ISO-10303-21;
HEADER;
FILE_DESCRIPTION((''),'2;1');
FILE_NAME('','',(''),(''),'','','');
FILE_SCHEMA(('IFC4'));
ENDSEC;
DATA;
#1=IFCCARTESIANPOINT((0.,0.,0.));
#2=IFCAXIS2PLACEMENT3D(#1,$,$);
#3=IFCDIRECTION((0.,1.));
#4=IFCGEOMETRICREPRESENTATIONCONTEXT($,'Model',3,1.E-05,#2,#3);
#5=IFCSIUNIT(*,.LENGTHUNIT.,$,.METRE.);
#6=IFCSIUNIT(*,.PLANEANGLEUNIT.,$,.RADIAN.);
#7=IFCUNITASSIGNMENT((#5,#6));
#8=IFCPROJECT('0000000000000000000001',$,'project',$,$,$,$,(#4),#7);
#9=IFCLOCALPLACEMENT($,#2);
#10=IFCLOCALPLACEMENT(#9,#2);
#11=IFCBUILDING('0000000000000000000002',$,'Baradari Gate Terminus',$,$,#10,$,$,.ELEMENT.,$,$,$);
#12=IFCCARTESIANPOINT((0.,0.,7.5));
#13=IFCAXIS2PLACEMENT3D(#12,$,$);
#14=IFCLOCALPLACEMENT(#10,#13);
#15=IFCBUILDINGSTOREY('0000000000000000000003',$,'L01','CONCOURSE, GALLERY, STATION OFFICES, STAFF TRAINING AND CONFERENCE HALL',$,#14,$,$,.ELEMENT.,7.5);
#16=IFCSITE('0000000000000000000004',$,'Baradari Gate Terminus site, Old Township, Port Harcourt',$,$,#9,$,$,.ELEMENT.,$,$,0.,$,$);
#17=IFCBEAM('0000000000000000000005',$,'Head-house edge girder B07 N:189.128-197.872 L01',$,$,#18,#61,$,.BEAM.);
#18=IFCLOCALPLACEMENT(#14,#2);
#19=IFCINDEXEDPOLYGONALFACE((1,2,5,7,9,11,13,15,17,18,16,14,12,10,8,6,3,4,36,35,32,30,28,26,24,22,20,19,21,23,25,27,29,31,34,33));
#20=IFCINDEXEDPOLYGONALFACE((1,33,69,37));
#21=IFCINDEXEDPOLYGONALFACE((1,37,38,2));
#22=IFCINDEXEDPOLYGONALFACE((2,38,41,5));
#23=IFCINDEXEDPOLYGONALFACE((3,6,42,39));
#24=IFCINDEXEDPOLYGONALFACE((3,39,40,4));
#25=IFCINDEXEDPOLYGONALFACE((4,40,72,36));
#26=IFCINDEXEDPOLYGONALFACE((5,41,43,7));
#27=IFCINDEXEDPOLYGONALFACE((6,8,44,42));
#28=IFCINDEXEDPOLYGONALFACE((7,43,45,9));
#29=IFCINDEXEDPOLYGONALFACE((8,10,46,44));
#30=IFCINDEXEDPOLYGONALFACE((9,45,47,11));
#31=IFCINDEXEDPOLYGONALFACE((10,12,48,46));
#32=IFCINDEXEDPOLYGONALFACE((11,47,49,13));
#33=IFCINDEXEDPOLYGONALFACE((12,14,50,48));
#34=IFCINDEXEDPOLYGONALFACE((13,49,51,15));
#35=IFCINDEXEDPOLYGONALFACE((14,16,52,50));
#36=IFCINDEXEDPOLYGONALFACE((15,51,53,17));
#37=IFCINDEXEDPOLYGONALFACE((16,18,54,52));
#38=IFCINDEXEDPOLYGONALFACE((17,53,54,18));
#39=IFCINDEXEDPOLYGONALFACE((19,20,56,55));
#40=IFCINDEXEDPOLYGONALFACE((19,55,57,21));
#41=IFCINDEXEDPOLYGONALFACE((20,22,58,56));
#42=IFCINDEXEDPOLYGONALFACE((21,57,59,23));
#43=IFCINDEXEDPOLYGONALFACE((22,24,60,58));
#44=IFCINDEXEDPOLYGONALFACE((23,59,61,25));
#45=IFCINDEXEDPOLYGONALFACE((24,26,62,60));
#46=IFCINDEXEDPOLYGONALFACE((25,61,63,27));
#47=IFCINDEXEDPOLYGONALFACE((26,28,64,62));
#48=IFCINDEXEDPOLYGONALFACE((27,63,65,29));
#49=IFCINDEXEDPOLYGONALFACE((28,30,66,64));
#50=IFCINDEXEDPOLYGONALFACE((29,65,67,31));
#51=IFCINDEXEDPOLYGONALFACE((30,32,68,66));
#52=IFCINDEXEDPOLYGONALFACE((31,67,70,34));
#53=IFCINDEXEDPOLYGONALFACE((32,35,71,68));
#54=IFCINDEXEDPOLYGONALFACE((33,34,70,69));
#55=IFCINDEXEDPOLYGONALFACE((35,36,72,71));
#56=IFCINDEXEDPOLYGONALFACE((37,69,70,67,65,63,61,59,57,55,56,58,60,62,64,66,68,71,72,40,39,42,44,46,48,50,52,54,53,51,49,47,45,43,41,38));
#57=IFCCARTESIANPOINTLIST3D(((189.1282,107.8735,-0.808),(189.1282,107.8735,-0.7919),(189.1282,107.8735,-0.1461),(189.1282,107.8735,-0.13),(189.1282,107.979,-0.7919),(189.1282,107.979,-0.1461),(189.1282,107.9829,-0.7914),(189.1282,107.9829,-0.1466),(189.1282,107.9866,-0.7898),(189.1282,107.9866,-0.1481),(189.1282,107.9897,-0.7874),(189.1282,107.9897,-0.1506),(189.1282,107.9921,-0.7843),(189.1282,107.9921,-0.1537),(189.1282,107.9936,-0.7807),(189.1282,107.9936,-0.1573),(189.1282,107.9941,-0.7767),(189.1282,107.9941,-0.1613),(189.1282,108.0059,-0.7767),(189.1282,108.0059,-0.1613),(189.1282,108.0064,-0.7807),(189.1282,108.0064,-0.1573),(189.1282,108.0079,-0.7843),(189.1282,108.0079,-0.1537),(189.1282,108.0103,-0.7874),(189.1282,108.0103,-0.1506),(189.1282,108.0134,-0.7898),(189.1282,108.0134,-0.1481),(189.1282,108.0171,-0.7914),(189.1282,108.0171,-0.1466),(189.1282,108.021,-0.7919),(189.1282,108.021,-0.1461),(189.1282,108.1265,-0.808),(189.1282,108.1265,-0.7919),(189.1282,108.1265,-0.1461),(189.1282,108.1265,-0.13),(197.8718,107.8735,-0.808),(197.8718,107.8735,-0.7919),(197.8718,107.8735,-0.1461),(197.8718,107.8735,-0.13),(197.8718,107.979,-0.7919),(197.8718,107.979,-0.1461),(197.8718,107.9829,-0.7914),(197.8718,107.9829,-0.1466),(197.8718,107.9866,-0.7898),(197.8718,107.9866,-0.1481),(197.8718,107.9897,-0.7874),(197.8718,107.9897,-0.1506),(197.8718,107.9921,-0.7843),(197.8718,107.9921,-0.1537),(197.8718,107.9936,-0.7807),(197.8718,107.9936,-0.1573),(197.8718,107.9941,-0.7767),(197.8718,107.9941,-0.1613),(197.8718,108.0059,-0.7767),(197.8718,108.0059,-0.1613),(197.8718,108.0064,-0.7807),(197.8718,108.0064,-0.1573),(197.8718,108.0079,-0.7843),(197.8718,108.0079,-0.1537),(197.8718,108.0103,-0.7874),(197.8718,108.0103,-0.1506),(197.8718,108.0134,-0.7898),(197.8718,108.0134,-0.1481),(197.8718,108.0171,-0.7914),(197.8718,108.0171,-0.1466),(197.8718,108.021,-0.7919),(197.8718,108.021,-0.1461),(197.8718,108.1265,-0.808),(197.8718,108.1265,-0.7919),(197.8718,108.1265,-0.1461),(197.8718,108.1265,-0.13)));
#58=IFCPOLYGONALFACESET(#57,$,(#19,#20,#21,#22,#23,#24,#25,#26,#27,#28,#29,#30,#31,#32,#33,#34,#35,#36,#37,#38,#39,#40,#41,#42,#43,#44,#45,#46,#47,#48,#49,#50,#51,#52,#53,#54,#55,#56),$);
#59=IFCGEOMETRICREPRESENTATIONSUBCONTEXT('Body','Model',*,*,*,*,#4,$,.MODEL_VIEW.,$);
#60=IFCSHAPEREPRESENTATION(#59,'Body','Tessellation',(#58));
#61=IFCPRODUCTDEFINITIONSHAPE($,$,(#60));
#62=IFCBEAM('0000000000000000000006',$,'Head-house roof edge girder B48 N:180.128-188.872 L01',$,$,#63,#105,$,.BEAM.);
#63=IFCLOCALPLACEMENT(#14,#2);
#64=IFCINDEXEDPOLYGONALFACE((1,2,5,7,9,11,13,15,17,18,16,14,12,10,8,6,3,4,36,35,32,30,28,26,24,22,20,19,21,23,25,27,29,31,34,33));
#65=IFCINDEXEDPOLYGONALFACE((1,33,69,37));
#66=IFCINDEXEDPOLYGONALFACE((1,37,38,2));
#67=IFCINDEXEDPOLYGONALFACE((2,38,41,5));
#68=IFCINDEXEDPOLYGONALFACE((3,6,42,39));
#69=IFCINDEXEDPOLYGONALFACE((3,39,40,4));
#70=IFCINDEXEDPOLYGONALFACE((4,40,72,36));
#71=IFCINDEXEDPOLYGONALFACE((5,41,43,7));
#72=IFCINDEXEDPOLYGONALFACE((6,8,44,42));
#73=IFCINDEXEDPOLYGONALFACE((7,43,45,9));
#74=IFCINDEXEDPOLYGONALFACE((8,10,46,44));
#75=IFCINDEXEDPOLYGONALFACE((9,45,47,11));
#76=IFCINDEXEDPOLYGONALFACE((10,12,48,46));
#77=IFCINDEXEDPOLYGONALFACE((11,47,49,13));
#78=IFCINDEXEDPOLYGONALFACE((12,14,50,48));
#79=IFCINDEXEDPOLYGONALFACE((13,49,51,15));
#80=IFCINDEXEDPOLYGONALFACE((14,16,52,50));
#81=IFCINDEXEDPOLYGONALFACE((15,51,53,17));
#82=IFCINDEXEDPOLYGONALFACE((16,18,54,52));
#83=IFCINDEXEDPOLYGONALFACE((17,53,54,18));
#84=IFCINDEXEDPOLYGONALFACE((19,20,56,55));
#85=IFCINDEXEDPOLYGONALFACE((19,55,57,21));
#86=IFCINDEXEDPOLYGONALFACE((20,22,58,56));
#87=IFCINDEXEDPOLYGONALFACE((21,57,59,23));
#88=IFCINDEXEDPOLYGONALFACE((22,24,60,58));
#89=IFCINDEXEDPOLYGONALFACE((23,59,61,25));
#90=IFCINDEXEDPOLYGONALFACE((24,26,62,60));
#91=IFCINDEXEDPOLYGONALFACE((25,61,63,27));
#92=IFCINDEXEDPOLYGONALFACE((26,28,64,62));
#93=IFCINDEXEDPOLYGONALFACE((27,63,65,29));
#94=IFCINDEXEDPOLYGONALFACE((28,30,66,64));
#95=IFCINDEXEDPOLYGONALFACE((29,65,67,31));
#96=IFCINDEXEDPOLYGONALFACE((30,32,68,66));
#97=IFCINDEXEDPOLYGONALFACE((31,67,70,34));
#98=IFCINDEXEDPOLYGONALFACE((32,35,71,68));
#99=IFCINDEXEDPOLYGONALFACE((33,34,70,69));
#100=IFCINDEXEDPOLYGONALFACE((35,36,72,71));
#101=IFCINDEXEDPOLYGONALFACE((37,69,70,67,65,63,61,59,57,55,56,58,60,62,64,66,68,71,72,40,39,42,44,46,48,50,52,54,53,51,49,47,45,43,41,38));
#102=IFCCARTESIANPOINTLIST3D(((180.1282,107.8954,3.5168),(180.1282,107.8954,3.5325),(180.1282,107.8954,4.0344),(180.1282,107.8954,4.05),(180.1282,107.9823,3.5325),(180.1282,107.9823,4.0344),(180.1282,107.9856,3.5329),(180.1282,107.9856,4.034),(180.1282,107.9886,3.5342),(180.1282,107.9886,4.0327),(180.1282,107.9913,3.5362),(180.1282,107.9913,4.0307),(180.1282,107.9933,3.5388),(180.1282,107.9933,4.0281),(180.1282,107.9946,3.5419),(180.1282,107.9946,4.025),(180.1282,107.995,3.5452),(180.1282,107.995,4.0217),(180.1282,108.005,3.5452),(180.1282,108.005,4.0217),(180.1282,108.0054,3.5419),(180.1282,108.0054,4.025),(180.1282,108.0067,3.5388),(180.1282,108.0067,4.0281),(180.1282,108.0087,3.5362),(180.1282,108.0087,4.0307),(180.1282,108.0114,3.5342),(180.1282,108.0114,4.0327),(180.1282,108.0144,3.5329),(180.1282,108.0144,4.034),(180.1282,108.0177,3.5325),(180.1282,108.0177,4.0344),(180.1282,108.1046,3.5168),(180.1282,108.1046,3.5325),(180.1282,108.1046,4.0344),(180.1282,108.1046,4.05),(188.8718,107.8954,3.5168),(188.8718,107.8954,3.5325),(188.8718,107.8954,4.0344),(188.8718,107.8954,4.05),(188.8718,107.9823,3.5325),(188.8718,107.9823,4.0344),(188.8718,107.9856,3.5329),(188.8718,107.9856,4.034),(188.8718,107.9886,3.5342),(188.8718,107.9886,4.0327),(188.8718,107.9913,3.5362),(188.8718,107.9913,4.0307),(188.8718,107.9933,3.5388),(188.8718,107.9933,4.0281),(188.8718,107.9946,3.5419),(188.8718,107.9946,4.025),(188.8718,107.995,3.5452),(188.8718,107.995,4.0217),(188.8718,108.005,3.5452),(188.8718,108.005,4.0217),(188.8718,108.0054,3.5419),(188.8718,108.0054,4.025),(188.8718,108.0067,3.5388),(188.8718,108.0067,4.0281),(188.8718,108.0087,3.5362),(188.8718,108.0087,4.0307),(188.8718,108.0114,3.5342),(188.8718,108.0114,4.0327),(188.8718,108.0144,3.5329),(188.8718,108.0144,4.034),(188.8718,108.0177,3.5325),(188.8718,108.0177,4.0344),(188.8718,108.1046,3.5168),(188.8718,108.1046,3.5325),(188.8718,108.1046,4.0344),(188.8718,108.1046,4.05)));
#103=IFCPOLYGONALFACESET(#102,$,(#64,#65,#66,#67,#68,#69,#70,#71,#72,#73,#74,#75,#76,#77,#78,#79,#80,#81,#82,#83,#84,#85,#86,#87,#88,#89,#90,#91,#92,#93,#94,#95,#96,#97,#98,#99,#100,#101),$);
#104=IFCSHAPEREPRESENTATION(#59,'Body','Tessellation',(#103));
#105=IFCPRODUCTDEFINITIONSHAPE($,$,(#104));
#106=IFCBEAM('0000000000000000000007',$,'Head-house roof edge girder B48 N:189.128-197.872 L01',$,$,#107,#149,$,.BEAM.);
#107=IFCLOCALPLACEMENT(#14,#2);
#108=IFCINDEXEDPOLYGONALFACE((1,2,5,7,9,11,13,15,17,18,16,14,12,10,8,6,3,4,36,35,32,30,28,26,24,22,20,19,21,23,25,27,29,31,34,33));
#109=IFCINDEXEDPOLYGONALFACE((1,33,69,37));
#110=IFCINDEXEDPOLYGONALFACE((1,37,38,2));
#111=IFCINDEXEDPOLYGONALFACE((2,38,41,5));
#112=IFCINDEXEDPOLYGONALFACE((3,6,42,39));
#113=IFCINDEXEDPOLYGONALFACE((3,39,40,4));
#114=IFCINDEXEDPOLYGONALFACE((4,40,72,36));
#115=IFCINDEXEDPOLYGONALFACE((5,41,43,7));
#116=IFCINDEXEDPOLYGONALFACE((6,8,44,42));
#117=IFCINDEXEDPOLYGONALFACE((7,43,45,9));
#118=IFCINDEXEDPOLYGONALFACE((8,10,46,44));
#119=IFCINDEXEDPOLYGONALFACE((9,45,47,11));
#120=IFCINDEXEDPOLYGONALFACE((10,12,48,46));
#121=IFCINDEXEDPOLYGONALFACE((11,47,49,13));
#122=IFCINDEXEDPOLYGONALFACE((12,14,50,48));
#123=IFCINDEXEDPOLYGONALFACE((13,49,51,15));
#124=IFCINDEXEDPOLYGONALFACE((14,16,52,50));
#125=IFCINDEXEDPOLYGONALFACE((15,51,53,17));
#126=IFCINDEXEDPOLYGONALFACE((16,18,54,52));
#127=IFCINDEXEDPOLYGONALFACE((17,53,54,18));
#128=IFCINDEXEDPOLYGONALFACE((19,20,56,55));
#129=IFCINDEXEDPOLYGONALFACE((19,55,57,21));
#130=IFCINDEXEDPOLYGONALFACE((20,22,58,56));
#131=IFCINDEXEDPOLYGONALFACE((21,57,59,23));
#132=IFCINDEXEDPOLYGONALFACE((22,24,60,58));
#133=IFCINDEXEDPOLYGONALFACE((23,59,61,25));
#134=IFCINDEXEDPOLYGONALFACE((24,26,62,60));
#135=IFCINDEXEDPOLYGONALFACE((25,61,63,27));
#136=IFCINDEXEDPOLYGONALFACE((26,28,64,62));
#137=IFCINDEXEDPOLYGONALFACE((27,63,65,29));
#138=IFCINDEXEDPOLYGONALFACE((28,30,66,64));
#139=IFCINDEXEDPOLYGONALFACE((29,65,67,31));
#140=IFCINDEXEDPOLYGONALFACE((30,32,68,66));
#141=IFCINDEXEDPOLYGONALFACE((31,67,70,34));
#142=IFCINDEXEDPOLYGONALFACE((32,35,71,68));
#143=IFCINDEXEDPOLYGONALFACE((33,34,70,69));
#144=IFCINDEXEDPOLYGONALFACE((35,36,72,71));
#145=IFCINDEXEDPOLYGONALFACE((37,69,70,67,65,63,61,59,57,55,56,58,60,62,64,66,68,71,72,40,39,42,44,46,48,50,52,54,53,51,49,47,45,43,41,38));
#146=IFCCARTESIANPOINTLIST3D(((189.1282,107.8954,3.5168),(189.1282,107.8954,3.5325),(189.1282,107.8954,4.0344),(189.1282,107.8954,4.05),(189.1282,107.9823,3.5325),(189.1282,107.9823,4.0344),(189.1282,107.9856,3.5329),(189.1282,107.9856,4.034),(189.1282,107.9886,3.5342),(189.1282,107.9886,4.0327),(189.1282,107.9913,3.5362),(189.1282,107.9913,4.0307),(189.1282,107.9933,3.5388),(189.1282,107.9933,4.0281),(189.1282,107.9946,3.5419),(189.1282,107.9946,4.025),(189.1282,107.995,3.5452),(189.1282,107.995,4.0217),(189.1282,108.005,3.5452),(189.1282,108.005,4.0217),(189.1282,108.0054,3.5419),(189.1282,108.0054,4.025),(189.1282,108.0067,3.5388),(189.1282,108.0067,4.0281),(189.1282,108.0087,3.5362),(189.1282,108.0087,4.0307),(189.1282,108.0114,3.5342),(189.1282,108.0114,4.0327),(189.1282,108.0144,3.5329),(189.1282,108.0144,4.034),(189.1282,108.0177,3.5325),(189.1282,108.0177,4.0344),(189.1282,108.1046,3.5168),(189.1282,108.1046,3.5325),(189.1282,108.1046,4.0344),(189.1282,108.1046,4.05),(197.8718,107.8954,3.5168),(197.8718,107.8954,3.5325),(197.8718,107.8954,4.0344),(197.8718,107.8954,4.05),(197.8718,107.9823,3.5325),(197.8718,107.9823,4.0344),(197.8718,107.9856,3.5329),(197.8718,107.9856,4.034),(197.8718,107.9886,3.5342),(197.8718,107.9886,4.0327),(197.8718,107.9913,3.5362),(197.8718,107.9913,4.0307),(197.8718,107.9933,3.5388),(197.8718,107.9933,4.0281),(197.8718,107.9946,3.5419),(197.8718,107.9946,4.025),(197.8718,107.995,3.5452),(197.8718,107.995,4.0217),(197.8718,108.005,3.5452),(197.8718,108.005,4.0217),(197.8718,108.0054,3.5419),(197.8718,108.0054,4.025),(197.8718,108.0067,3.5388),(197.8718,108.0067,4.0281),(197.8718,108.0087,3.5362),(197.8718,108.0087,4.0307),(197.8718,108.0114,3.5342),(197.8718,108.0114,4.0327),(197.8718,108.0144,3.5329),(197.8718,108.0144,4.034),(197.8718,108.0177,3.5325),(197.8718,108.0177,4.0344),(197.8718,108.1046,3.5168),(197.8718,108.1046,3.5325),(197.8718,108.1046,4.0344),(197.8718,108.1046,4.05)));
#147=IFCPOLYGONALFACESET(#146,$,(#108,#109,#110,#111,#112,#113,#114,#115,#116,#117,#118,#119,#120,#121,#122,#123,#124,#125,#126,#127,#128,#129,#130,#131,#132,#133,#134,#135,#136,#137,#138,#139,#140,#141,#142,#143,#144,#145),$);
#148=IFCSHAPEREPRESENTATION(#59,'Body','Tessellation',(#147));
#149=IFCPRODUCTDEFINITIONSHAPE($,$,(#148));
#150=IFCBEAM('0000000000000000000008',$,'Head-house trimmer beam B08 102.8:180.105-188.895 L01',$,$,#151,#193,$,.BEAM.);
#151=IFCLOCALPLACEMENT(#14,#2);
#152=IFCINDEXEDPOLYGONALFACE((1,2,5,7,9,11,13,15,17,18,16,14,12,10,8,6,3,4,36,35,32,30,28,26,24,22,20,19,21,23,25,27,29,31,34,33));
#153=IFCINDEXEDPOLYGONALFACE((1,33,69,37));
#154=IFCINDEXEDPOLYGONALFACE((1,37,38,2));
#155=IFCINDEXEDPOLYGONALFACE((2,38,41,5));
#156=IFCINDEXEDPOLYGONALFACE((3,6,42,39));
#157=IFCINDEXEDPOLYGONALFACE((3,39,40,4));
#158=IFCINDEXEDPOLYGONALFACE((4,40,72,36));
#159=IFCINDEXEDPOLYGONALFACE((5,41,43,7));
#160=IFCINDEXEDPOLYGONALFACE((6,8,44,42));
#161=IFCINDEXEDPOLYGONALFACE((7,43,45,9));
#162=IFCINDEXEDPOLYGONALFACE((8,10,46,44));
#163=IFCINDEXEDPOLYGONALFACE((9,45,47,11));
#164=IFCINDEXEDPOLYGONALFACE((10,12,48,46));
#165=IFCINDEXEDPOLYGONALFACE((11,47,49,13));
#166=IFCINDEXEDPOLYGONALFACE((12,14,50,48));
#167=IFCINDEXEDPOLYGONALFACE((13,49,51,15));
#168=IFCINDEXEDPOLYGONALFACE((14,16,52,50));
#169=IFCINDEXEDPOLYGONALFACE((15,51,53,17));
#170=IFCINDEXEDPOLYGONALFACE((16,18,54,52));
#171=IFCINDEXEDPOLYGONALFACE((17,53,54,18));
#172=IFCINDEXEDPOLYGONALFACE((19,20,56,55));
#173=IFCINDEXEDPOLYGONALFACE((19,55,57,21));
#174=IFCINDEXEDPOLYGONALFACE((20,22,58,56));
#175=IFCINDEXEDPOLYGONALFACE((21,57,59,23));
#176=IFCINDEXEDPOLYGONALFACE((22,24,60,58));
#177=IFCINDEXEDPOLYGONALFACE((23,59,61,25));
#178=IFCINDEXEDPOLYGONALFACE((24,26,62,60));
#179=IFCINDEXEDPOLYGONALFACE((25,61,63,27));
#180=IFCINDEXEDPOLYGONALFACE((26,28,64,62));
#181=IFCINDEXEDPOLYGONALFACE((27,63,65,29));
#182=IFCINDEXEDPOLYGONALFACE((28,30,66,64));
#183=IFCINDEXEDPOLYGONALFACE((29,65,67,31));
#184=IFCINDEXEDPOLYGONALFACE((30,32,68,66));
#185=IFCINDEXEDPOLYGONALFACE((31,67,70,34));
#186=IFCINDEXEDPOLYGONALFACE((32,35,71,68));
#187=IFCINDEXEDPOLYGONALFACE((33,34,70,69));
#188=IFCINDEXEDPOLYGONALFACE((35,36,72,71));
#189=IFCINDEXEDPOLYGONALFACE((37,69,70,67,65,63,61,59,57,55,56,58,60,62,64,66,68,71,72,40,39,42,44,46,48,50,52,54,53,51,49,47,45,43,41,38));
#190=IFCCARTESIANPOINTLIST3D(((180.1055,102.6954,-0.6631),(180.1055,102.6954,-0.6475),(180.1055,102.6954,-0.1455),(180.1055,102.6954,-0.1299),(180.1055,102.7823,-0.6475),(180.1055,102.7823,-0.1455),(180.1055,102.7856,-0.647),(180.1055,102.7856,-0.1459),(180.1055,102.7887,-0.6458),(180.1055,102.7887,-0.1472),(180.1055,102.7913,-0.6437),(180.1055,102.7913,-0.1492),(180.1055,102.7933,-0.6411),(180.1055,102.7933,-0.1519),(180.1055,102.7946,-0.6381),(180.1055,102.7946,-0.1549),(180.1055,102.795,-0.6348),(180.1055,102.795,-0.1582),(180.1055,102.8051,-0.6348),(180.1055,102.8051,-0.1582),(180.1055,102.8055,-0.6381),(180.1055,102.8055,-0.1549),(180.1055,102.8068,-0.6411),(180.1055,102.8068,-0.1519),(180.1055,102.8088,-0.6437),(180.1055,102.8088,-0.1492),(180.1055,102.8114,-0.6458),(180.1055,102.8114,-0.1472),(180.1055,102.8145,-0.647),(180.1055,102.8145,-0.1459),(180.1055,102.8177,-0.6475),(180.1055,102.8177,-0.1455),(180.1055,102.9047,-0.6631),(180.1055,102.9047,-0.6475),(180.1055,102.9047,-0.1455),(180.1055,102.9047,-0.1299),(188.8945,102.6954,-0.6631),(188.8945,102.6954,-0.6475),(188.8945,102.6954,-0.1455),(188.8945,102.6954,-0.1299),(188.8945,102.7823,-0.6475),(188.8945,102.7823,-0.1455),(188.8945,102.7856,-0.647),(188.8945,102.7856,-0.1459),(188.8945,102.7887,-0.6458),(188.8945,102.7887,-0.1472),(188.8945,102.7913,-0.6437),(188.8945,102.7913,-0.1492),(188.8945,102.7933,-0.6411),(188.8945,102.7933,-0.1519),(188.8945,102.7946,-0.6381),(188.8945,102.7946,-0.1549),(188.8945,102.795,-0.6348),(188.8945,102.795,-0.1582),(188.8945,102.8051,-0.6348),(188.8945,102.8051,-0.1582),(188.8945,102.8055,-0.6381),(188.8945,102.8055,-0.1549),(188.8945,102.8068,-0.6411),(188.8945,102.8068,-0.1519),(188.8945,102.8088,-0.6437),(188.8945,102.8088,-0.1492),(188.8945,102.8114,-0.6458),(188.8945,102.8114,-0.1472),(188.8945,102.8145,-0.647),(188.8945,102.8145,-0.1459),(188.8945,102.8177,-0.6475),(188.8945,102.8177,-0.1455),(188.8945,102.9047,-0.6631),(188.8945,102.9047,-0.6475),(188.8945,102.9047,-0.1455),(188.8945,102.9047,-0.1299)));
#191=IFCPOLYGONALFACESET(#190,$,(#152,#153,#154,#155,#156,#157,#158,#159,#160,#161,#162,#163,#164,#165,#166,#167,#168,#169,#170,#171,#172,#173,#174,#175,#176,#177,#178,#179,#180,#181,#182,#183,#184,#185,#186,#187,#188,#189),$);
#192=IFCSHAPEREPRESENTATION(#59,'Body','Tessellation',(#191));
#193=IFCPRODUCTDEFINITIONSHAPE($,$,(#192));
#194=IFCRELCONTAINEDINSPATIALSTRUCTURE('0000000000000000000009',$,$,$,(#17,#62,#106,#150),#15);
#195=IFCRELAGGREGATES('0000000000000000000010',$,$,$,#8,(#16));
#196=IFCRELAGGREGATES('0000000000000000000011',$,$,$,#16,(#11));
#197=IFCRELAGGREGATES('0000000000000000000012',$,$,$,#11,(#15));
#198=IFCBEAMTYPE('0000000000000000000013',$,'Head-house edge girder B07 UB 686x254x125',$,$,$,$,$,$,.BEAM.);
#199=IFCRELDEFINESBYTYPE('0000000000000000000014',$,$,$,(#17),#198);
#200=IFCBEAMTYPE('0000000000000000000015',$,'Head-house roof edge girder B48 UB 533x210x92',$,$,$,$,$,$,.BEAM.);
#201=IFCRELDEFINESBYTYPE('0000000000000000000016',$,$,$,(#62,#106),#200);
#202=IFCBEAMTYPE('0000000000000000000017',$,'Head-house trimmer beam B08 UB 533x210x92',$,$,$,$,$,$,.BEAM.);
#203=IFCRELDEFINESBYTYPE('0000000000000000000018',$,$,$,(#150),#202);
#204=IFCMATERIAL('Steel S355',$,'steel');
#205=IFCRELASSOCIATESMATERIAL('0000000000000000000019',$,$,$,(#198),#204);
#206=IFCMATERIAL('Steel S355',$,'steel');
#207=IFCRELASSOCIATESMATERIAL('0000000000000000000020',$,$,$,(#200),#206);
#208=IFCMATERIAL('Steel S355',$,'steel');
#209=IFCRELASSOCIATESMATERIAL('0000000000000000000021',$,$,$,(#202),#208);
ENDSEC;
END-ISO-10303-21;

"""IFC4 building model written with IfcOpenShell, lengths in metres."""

from ifc_helpers import new_model, si_unit, direction, frame, origin, origin_2d, place, context, subcontext, project, spatial, i_section, extrude, material, material_profile, profile_set, type_object, element, save


model = new_model("IFC4")

# Units and contexts
model_context = context("Model", 3, precision=1e-05, world=origin(), true_north=direction((0.0, 1.0)))
body_context = subcontext(model_context, "Body", "Model", "MODEL_VIEW")
ifc_project = project(units=[si_unit("LENGTHUNIT", "METRE"), si_unit("PLANEANGLEUNIT", "RADIAN")], contexts=[model_context])

# Site, building, storey
site_placement = place(None, origin())
site = spatial("IfcSite", under=ifc_project, at=site_placement, Name="Baradari Gate Terminus site, Old Township, Port Harcourt", CompositionType="ELEMENT", RefElevation=0.0)
building_placement = place(site_placement, origin())
building = spatial("IfcBuilding", under=site, at=building_placement, Name="Baradari Gate Terminus", CompositionType="ELEMENT")
storey_placement = place(building_placement, frame((0.0, 0.0, 7.5)))
storey = spatial("IfcBuildingStorey", under=building, at=storey_placement, Name="L01", Description="CONCOURSE, GALLERY, STATION OFFICES, STAFF TRAINING AND CONFERENCE HALL", CompositionType="ELEMENT", Elevation=7.5)

# Beams
ifc_material_1 = material(Name="Steel S355", Category="steel")
ifc_material_profile_1 = material_profile(ifc_material_1, i_section(OverallWidth=0.2529, OverallDepth=0.678, WebThickness=0.0117, FlangeThickness=0.0161, FilletRadius=0.0151, at=origin_2d()), Name="UB 686x254x125")
ifc_profile_set_1 = profile_set([ifc_material_profile_1], Name="Steel S355")
beam_type_1 = type_object("IfcBeamType", Name="Head-house edge girder B07 UB 686x254x125", PredefinedType="BEAM", material=ifc_profile_set_1)
for number, where, z_axis, x_axis, name in (
    (1, (189.1282, 108.0, -0.469), (1.0, 0.0, 0.0), (0.0, 1.0, 0.0), "Head-house edge girder B07 N:189.128-197.872 L01"),
):
    element("IfcBeam", number, at=place(storey_placement, frame(where, z_axis=z_axis, x_axis=x_axis)), inside=storey, type_object=beam_type_1, Name=name, PredefinedType="BEAM", context=body_context, shape_type="SweptSolid", body=[
        extrude(i_section(OverallWidth=0.2529, OverallDepth=0.678, WebThickness=0.0117, FlangeThickness=0.0161, FilletRadius=0.0151, at=origin_2d()), origin(), (0.0, 0.0, 1.0), 8.7437),
    ])
ifc_material_2 = material(Name="Steel S355", Category="steel")
ifc_material_profile_2 = material_profile(ifc_material_2, i_section(OverallWidth=0.2092, OverallDepth=0.5332, WebThickness=0.01, FlangeThickness=0.0156, FilletRadius=0.0127, at=origin_2d()), Name="UB 533x210x92")
ifc_profile_set_2 = profile_set([ifc_material_profile_2], Name="Steel S355")
beam_type_2 = type_object("IfcBeamType", Name="Head-house roof edge girder B48 UB 533x210x92", PredefinedType="BEAM", material=ifc_profile_set_2)
for number, where, z_axis, x_axis, name in (
    (2, (180.1282, 108.0, 3.7834), (1.0, 0.0, 0.0), (0.0, 1.0, 0.0), "Head-house roof edge girder B48 N:180.128-188.872 L01"),
    (3, (189.1282, 108.0, 3.7834), (1.0, 0.0, 0.0), (0.0, 1.0, 0.0), "Head-house roof edge girder B48 N:189.128-197.872 L01"),
):
    element("IfcBeam", number, at=place(storey_placement, frame(where, z_axis=z_axis, x_axis=x_axis)), inside=storey, type_object=beam_type_2, Name=name, PredefinedType="BEAM", context=body_context, shape_type="SweptSolid", body=[
        extrude(i_section(OverallWidth=0.2092, OverallDepth=0.5332, WebThickness=0.01, FlangeThickness=0.0156, FilletRadius=0.0127, at=origin_2d()), origin(), (0.0, 0.0, 1.0), 8.7437),
    ])
ifc_material_3 = material(Name="Steel S355", Category="steel")
ifc_material_profile_3 = material_profile(ifc_material_3, i_section(OverallWidth=0.2092, OverallDepth=0.5332, WebThickness=0.01, FlangeThickness=0.0156, FilletRadius=0.0127, at=origin_2d()), Name="UB 533x210x92")
ifc_profile_set_3 = profile_set([ifc_material_profile_3], Name="Steel S355")
beam_type_3 = type_object("IfcBeamType", Name="Head-house trimmer beam B08 UB 533x210x92", PredefinedType="BEAM", material=ifc_profile_set_3)
beam_1_placement = place(storey_placement, frame((180.1055, 102.8, -0.3965), z_axis=(1.0, 0.0, 0.0), x_axis=(0.0, 1.0, 0.0)))
element("IfcBeam", 4, at=beam_1_placement, inside=storey, type_object=beam_type_3, Name="Head-house trimmer beam B08 102.8:180.105-188.895 L01", PredefinedType="BEAM", context=body_context, shape_type="SweptSolid", body=[
    extrude(i_section(OverallWidth=0.2092, OverallDepth=0.5332, WebThickness=0.01, FlangeThickness=0.0156, FilletRadius=0.0127, at=origin_2d()), origin(), (0.0, 0.0, 1.0), 8.7891),
])

save(model, "model.ifc")
